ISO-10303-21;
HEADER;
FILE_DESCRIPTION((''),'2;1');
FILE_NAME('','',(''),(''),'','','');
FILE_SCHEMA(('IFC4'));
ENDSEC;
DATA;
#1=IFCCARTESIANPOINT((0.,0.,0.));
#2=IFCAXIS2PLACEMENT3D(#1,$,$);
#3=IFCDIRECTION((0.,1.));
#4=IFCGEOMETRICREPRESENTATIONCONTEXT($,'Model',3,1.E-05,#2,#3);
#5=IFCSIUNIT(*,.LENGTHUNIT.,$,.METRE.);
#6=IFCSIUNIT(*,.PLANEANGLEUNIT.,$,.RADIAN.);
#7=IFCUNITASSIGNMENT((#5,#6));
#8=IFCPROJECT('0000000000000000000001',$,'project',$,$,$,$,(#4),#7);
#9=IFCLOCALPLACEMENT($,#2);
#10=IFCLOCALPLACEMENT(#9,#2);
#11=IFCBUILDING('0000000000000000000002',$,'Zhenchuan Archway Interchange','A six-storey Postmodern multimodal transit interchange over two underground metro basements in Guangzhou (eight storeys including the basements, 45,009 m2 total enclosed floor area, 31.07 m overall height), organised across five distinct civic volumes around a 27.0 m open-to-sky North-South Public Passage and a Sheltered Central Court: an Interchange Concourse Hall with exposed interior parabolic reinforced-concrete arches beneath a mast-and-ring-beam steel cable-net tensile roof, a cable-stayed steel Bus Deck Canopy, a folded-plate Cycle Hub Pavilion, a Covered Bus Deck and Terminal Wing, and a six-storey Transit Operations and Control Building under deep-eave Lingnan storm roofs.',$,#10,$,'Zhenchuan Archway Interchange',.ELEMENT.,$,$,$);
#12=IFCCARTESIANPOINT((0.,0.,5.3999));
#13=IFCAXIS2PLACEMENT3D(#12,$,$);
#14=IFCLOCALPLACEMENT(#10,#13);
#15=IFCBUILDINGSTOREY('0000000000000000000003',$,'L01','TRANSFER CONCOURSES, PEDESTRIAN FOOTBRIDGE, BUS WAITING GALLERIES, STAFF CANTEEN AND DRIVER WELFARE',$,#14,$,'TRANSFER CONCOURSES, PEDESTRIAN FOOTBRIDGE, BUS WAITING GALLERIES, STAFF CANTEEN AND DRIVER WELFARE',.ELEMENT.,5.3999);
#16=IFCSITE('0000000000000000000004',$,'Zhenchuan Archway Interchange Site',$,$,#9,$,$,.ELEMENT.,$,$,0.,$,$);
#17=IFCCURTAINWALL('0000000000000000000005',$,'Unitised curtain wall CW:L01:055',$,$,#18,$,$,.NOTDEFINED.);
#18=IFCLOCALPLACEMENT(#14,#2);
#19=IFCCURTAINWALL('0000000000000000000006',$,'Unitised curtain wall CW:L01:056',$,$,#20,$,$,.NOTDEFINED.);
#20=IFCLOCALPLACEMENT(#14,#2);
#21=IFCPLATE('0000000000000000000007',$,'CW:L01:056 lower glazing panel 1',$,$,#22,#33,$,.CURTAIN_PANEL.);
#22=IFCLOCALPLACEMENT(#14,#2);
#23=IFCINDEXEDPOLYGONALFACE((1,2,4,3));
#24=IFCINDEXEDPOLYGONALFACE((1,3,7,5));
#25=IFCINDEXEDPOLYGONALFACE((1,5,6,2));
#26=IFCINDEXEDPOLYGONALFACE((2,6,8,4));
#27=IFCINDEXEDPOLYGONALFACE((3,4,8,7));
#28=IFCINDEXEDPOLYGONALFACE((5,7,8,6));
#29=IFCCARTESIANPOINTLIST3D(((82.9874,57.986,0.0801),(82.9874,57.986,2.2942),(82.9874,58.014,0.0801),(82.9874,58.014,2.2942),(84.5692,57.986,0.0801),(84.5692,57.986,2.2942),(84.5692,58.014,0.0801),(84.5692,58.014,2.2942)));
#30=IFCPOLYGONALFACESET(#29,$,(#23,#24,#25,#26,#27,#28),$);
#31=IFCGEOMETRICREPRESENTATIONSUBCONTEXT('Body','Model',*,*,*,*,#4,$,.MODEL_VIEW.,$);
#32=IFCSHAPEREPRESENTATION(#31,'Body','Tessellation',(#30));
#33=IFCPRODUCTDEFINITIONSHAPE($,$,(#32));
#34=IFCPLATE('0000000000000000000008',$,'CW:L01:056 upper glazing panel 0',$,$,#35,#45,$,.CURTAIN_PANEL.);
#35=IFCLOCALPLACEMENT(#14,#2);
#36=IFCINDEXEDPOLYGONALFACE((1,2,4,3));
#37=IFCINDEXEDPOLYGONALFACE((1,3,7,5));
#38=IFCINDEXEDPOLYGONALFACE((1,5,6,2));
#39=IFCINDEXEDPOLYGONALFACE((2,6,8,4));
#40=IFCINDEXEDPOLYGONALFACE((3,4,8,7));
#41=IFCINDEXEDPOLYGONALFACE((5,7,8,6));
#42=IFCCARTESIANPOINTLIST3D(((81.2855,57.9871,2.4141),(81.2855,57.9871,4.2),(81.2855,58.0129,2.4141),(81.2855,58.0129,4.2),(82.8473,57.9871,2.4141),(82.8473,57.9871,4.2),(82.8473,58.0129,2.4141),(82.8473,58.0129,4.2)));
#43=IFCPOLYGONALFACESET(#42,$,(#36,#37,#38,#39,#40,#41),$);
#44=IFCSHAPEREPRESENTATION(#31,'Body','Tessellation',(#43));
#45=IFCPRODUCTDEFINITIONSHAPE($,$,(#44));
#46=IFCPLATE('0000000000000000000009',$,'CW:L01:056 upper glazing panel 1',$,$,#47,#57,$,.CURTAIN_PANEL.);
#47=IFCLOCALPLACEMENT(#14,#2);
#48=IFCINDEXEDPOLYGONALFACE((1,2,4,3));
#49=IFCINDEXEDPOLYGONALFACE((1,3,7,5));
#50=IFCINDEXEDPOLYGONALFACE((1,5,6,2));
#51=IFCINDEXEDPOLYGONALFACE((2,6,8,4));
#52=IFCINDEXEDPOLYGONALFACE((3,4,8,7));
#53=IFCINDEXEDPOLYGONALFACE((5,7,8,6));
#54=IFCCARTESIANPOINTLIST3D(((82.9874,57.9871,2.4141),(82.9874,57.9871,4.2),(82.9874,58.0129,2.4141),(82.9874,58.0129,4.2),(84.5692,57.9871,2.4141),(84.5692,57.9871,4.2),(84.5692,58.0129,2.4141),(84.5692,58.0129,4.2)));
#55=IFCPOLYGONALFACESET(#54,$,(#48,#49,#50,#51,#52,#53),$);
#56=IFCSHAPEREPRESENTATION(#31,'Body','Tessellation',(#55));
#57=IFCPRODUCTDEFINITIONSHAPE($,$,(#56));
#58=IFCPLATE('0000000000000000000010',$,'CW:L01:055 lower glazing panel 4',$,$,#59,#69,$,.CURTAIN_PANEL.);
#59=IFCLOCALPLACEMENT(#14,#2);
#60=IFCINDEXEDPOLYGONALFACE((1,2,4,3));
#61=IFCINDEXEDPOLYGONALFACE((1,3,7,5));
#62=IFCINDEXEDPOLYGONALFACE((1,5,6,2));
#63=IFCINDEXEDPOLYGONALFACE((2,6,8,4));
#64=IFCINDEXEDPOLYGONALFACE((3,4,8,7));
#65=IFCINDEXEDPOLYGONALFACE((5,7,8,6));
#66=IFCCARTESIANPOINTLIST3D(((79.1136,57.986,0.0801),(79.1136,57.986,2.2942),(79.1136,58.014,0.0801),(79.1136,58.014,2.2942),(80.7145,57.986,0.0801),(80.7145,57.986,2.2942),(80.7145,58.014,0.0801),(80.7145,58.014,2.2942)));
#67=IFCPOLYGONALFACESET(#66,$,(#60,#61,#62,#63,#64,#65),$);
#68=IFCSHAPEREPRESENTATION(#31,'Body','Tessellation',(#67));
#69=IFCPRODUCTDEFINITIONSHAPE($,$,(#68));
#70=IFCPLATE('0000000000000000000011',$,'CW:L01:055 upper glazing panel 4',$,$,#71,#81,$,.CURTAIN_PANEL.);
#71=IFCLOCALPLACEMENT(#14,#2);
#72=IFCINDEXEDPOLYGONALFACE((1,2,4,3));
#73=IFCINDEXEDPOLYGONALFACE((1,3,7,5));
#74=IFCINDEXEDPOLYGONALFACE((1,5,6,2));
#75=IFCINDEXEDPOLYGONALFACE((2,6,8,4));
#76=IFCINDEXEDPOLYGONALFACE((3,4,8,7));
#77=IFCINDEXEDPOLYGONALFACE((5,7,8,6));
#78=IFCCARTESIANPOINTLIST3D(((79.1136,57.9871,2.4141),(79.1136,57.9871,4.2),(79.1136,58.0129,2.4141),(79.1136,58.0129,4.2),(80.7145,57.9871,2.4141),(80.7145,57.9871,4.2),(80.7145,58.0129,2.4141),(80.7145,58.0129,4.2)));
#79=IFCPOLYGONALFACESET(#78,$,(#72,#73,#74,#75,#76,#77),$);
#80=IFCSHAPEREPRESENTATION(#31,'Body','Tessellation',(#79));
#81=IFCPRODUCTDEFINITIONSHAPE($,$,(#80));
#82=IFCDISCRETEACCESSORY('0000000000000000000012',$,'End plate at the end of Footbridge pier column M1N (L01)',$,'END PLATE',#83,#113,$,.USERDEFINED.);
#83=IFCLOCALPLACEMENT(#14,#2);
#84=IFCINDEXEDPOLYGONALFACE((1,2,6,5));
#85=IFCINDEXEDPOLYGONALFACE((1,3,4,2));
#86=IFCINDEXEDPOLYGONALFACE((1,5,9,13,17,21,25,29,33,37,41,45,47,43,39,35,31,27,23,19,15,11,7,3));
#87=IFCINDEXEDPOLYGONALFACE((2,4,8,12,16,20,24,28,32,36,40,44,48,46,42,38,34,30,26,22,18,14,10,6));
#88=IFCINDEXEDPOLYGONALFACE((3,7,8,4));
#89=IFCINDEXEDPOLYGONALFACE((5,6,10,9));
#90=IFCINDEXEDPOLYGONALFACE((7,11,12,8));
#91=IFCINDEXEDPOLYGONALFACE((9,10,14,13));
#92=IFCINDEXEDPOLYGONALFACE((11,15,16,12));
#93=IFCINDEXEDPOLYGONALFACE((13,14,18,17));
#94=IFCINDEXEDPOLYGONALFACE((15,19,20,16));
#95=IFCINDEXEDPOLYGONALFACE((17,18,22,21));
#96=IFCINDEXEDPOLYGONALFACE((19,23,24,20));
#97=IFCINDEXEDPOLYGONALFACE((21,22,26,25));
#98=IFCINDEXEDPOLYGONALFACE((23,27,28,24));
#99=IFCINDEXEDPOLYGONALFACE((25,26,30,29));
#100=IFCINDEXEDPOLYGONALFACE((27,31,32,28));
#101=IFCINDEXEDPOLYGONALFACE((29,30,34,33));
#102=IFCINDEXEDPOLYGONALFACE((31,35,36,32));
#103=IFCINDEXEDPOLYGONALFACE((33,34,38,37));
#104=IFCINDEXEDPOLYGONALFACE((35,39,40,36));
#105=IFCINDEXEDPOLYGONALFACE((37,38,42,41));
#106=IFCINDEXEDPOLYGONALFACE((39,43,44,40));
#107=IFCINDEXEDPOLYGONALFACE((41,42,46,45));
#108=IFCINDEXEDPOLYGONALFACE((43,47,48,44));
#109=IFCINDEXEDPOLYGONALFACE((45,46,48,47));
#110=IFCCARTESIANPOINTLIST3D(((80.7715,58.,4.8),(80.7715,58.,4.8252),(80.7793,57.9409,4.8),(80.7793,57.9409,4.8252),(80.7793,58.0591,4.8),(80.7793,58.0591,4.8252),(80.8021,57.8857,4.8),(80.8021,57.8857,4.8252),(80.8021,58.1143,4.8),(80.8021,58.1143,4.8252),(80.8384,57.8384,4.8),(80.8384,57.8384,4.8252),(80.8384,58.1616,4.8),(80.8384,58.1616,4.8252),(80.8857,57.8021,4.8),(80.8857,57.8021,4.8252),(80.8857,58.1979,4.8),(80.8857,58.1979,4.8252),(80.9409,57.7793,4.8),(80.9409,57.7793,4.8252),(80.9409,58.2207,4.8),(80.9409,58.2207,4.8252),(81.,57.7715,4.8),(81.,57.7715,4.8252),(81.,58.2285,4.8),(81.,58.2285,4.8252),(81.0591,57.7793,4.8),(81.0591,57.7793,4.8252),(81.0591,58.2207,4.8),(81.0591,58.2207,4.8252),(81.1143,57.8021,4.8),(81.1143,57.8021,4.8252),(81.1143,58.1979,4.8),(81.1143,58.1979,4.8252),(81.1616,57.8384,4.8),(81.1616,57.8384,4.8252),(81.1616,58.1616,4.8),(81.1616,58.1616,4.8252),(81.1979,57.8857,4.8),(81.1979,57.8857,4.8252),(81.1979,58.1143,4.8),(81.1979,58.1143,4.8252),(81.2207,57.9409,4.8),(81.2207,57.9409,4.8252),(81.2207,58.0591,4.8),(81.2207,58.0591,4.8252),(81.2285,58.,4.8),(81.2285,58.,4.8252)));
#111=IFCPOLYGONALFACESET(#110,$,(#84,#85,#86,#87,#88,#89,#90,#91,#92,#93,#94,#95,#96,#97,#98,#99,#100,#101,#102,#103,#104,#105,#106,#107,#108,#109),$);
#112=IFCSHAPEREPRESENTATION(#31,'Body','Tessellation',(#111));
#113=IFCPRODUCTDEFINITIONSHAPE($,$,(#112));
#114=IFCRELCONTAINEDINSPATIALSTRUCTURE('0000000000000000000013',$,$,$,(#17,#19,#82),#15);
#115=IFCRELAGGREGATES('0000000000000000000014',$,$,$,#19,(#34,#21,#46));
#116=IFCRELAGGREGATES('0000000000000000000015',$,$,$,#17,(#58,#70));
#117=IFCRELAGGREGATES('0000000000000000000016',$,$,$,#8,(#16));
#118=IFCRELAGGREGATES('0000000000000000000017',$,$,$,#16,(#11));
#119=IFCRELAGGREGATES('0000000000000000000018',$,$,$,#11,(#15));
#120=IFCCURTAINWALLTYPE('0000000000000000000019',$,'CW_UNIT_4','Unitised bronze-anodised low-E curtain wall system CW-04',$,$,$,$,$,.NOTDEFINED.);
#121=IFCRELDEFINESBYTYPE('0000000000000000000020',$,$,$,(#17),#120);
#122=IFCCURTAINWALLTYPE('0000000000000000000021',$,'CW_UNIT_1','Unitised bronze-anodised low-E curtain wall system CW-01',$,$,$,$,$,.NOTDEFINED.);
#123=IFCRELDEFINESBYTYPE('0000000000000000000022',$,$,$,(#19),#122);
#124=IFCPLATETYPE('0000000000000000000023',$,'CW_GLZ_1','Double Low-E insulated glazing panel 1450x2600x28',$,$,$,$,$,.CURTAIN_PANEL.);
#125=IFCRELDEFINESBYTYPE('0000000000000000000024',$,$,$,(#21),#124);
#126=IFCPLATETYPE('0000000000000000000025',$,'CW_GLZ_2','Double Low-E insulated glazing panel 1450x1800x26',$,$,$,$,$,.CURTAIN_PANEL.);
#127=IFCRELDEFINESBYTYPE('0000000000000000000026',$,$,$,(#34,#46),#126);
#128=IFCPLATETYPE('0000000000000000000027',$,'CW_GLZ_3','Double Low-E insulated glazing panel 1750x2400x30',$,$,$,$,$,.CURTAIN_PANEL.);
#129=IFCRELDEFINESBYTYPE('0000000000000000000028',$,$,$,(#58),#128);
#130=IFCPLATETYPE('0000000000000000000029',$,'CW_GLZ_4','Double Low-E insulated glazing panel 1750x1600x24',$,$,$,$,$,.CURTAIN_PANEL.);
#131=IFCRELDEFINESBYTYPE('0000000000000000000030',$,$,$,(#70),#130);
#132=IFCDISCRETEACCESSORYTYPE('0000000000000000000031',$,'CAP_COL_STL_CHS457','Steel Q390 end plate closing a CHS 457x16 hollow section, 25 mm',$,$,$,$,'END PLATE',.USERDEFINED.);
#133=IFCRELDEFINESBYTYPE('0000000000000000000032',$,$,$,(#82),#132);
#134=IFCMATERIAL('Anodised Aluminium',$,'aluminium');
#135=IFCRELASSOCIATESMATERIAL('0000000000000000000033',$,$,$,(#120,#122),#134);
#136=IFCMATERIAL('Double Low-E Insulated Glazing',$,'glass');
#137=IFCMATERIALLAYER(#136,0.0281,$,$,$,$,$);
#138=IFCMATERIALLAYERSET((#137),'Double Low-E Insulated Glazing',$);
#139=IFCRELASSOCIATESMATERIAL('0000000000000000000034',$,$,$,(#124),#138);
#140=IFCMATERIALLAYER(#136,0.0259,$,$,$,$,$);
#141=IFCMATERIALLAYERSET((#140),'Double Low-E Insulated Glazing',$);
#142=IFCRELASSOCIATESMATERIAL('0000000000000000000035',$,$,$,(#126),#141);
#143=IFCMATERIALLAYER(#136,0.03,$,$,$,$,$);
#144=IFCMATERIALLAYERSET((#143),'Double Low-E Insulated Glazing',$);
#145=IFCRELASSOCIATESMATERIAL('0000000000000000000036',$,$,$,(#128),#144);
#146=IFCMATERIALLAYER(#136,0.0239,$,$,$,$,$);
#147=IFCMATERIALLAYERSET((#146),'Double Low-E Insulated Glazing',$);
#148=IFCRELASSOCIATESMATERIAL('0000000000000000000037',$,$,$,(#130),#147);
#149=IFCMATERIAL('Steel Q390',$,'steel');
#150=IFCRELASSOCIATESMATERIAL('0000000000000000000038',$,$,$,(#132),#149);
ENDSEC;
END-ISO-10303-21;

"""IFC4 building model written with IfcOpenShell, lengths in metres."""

from ifc_helpers import new_model, si_unit, direction, frame, origin, origin_2d, place, context, subcontext, project, spatial, rectangle, circle, extrude, material, layer, layer_set, type_object, element, aggregate, save


model = new_model("IFC4")

# Units and contexts
model_context = context("Model", 3, precision=1e-05, world=origin(), true_north=direction((0.0, 1.0)))
body_context = subcontext(model_context, "Body", "Model", "MODEL_VIEW")
ifc_project = project(units=[si_unit("LENGTHUNIT", "METRE"), si_unit("PLANEANGLEUNIT", "RADIAN")], contexts=[model_context])

# Site, building, storey
site_placement = place(None, origin())
site = spatial("IfcSite", under=ifc_project, at=site_placement, Name="Zhenchuan Archway Interchange Site", CompositionType="ELEMENT", RefElevation=0.0)
building_placement = place(site_placement, origin())
building = spatial("IfcBuilding", under=site, at=building_placement, Name="Zhenchuan Archway Interchange", Description="A six-storey Postmodern multimodal transit interchange over two underground metro basements in Guangzhou (eight storeys including the basements, 45,009 m2 total enclosed floor area, 31.07 m overall height), organised across five distinct civic volumes around a 27.0 m open-to-sky North-South Public Passage and a Sheltered Central Court: an Interchange Concourse Hall with exposed interior parabolic reinforced-concrete arches beneath a mast-and-ring-beam steel cable-net tensile roof, a cable-stayed steel Bus Deck Canopy, a folded-plate Cycle Hub Pavilion, a Covered Bus Deck and Terminal Wing, and a six-storey Transit Operations and Control Building under deep-eave Lingnan storm roofs.", LongName="Zhenchuan Archway Interchange", CompositionType="ELEMENT")
storey_placement = place(building_placement, frame((0.0, 0.0, 5.3999)))
storey = spatial("IfcBuildingStorey", under=building, at=storey_placement, Name="L01", Description="TRANSFER CONCOURSES, PEDESTRIAN FOOTBRIDGE, BUS WAITING GALLERIES, STAFF CANTEEN AND DRIVER WELFARE", LongName="TRANSFER CONCOURSES, PEDESTRIAN FOOTBRIDGE, BUS WAITING GALLERIES, STAFF CANTEEN AND DRIVER WELFARE", CompositionType="ELEMENT", Elevation=5.3999)

# Shared definitions
ifc_material_1 = material(Name="Steel Q390", Category="steel")

# Curtain wall
ifc_material_2 = material(Name="Anodised Aluminium", Category="aluminium")
curtain_wall_type_1 = type_object("IfcCurtainWallType", Name="CW_UNIT_4", Description="Unitised bronze-anodised low-E curtain wall system CW-04", PredefinedType="NOTDEFINED", material=ifc_material_2)
curtain_wall_1_placement = place(storey_placement, origin())
curtain_wall_1 = element("IfcCurtainWall", 1, at=curtain_wall_1_placement, inside=storey, type_object=curtain_wall_type_1, Name="Unitised curtain wall CW:L01:055", PredefinedType="NOTDEFINED")

# Curtain wall
curtain_wall_type_2 = type_object("IfcCurtainWallType", Name="CW_UNIT_1", Description="Unitised bronze-anodised low-E curtain wall system CW-01", PredefinedType="NOTDEFINED", material=ifc_material_2)
curtain_wall_2_placement = place(storey_placement, origin())
curtain_wall_2 = element("IfcCurtainWall", 2, at=curtain_wall_2_placement, inside=storey, type_object=curtain_wall_type_2, Name="Unitised curtain wall CW:L01:056", PredefinedType="NOTDEFINED")

# Plates
ifc_material_3 = material(Name="Double Low-E Insulated Glazing", Category="glass")
ifc_layer_1 = layer(ifc_material_3, 0.0281)
ifc_layer_set_1 = layer_set([ifc_layer_1], Name="Double Low-E Insulated Glazing")
plate_type_1 = type_object("IfcPlateType", Name="CW_GLZ_1", Description="Double Low-E insulated glazing panel 1450x2600x28", PredefinedType="CURTAIN_PANEL", material=ifc_layer_set_1)
plate_1_placement = place(storey_placement, frame((83.7783, 58.0, 0.0801), z_axis=(0.0, 0.0, 1.0), x_axis=(1.0, 0.0, 0.0)))
plate_1 = element("IfcPlate", 3, at=plate_1_placement, type_object=plate_type_1, Name="CW:L01:056 lower glazing panel 1", PredefinedType="CURTAIN_PANEL", context=body_context, shape_type="SweptSolid", body=[
    extrude(rectangle(XDim=1.5818, YDim=0.0281, at=origin_2d()), origin(), (0.0, 0.0, 1.0), 2.2141),
])
ifc_layer_2 = layer(ifc_material_3, 0.0259)
ifc_layer_set_2 = layer_set([ifc_layer_2], Name="Double Low-E Insulated Glazing")
plate_type_2 = type_object("IfcPlateType", Name="CW_GLZ_2", Description="Double Low-E insulated glazing panel 1450x1800x26", PredefinedType="CURTAIN_PANEL", material=ifc_layer_set_2)
plate_2_placement = place(storey_placement, frame((82.0664, 58.0, 2.4141), z_axis=(0.0, 0.0, 1.0), x_axis=(1.0, 0.0, 0.0)))
plate_2 = element("IfcPlate", 4, at=plate_2_placement, type_object=plate_type_2, Name="CW:L01:056 upper glazing panel 0", PredefinedType="CURTAIN_PANEL", context=body_context, shape_type="SweptSolid", body=[
    extrude(rectangle(XDim=1.5618, YDim=0.0259, at=origin_2d()), origin(), (0.0, 0.0, 1.0), 1.7859),
])
plate_3_placement = place(storey_placement, frame((83.7783, 58.0, 2.4141), z_axis=(0.0, 0.0, 1.0), x_axis=(1.0, 0.0, 0.0)))
plate_3 = element("IfcPlate", 5, at=plate_3_placement, type_object=plate_type_2, Name="CW:L01:056 upper glazing panel 1", PredefinedType="CURTAIN_PANEL", context=body_context, shape_type="SweptSolid", body=[
    extrude(rectangle(XDim=1.5818, YDim=0.0259, at=origin_2d()), origin(), (0.0, 0.0, 1.0), 1.7859),
])
aggregate(curtain_wall_2, [plate_2, plate_1, plate_3])
ifc_layer_3 = layer(ifc_material_3, 0.03)
ifc_layer_set_3 = layer_set([ifc_layer_3], Name="Double Low-E Insulated Glazing")
plate_type_3 = type_object("IfcPlateType", Name="CW_GLZ_3", Description="Double Low-E insulated glazing panel 1750x2400x30", PredefinedType="CURTAIN_PANEL", material=ifc_layer_set_3)
plate_4_placement = place(storey_placement, frame((79.9141, 58.0, 0.0801), z_axis=(0.0, 0.0, 1.0), x_axis=(1.0, 0.0, 0.0)))
plate_4 = element("IfcPlate", 6, at=plate_4_placement, type_object=plate_type_3, Name="CW:L01:055 lower glazing panel 4", PredefinedType="CURTAIN_PANEL", context=body_context, shape_type="SweptSolid", body=[
    extrude(rectangle(XDim=1.6008, YDim=0.0281, at=origin_2d()), origin(), (0.0, 0.0, 1.0), 2.2141),
])
ifc_layer_4 = layer(ifc_material_3, 0.0239)
ifc_layer_set_4 = layer_set([ifc_layer_4], Name="Double Low-E Insulated Glazing")
plate_type_4 = type_object("IfcPlateType", Name="CW_GLZ_4", Description="Double Low-E insulated glazing panel 1750x1600x24", PredefinedType="CURTAIN_PANEL", material=ifc_layer_set_4)
plate_5_placement = place(storey_placement, frame((79.9141, 58.0, 2.4141), z_axis=(0.0, 0.0, 1.0), x_axis=(1.0, 0.0, 0.0)))
plate_5 = element("IfcPlate", 7, at=plate_5_placement, type_object=plate_type_4, Name="CW:L01:055 upper glazing panel 4", PredefinedType="CURTAIN_PANEL", context=body_context, shape_type="SweptSolid", body=[
    extrude(rectangle(XDim=1.6008, YDim=0.0259, at=origin_2d()), origin(), (0.0, 0.0, 1.0), 1.7859),
])
aggregate(curtain_wall_1, [plate_4, plate_5])

# Discrete accessory
discrete_accessory_type = type_object("IfcDiscreteAccessoryType", Name="CAP_COL_STL_CHS457", Description="Steel Q390 end plate closing a CHS 457x16 hollow section, 25 mm", ElementType="END PLATE", PredefinedType="USERDEFINED", material=ifc_material_1)
discrete_accessory_placement = place(storey_placement, frame((81.0, 58.0, 4.8), z_axis=(0.0, 0.0, 1.0), x_axis=(1.0, 0.0, 0.0)))
element("IfcDiscreteAccessory", 8, at=discrete_accessory_placement, inside=storey, type_object=discrete_accessory_type, Name="End plate at the end of Footbridge pier column M1N (L01)", ObjectType="END PLATE", PredefinedType="USERDEFINED", context=body_context, shape_type="SweptSolid", body=[
    extrude(circle(Radius=0.2285, at=origin_2d()), origin(), (0.0, 0.0, 1.0), 0.0251),
])

save(model, "model.ifc")
